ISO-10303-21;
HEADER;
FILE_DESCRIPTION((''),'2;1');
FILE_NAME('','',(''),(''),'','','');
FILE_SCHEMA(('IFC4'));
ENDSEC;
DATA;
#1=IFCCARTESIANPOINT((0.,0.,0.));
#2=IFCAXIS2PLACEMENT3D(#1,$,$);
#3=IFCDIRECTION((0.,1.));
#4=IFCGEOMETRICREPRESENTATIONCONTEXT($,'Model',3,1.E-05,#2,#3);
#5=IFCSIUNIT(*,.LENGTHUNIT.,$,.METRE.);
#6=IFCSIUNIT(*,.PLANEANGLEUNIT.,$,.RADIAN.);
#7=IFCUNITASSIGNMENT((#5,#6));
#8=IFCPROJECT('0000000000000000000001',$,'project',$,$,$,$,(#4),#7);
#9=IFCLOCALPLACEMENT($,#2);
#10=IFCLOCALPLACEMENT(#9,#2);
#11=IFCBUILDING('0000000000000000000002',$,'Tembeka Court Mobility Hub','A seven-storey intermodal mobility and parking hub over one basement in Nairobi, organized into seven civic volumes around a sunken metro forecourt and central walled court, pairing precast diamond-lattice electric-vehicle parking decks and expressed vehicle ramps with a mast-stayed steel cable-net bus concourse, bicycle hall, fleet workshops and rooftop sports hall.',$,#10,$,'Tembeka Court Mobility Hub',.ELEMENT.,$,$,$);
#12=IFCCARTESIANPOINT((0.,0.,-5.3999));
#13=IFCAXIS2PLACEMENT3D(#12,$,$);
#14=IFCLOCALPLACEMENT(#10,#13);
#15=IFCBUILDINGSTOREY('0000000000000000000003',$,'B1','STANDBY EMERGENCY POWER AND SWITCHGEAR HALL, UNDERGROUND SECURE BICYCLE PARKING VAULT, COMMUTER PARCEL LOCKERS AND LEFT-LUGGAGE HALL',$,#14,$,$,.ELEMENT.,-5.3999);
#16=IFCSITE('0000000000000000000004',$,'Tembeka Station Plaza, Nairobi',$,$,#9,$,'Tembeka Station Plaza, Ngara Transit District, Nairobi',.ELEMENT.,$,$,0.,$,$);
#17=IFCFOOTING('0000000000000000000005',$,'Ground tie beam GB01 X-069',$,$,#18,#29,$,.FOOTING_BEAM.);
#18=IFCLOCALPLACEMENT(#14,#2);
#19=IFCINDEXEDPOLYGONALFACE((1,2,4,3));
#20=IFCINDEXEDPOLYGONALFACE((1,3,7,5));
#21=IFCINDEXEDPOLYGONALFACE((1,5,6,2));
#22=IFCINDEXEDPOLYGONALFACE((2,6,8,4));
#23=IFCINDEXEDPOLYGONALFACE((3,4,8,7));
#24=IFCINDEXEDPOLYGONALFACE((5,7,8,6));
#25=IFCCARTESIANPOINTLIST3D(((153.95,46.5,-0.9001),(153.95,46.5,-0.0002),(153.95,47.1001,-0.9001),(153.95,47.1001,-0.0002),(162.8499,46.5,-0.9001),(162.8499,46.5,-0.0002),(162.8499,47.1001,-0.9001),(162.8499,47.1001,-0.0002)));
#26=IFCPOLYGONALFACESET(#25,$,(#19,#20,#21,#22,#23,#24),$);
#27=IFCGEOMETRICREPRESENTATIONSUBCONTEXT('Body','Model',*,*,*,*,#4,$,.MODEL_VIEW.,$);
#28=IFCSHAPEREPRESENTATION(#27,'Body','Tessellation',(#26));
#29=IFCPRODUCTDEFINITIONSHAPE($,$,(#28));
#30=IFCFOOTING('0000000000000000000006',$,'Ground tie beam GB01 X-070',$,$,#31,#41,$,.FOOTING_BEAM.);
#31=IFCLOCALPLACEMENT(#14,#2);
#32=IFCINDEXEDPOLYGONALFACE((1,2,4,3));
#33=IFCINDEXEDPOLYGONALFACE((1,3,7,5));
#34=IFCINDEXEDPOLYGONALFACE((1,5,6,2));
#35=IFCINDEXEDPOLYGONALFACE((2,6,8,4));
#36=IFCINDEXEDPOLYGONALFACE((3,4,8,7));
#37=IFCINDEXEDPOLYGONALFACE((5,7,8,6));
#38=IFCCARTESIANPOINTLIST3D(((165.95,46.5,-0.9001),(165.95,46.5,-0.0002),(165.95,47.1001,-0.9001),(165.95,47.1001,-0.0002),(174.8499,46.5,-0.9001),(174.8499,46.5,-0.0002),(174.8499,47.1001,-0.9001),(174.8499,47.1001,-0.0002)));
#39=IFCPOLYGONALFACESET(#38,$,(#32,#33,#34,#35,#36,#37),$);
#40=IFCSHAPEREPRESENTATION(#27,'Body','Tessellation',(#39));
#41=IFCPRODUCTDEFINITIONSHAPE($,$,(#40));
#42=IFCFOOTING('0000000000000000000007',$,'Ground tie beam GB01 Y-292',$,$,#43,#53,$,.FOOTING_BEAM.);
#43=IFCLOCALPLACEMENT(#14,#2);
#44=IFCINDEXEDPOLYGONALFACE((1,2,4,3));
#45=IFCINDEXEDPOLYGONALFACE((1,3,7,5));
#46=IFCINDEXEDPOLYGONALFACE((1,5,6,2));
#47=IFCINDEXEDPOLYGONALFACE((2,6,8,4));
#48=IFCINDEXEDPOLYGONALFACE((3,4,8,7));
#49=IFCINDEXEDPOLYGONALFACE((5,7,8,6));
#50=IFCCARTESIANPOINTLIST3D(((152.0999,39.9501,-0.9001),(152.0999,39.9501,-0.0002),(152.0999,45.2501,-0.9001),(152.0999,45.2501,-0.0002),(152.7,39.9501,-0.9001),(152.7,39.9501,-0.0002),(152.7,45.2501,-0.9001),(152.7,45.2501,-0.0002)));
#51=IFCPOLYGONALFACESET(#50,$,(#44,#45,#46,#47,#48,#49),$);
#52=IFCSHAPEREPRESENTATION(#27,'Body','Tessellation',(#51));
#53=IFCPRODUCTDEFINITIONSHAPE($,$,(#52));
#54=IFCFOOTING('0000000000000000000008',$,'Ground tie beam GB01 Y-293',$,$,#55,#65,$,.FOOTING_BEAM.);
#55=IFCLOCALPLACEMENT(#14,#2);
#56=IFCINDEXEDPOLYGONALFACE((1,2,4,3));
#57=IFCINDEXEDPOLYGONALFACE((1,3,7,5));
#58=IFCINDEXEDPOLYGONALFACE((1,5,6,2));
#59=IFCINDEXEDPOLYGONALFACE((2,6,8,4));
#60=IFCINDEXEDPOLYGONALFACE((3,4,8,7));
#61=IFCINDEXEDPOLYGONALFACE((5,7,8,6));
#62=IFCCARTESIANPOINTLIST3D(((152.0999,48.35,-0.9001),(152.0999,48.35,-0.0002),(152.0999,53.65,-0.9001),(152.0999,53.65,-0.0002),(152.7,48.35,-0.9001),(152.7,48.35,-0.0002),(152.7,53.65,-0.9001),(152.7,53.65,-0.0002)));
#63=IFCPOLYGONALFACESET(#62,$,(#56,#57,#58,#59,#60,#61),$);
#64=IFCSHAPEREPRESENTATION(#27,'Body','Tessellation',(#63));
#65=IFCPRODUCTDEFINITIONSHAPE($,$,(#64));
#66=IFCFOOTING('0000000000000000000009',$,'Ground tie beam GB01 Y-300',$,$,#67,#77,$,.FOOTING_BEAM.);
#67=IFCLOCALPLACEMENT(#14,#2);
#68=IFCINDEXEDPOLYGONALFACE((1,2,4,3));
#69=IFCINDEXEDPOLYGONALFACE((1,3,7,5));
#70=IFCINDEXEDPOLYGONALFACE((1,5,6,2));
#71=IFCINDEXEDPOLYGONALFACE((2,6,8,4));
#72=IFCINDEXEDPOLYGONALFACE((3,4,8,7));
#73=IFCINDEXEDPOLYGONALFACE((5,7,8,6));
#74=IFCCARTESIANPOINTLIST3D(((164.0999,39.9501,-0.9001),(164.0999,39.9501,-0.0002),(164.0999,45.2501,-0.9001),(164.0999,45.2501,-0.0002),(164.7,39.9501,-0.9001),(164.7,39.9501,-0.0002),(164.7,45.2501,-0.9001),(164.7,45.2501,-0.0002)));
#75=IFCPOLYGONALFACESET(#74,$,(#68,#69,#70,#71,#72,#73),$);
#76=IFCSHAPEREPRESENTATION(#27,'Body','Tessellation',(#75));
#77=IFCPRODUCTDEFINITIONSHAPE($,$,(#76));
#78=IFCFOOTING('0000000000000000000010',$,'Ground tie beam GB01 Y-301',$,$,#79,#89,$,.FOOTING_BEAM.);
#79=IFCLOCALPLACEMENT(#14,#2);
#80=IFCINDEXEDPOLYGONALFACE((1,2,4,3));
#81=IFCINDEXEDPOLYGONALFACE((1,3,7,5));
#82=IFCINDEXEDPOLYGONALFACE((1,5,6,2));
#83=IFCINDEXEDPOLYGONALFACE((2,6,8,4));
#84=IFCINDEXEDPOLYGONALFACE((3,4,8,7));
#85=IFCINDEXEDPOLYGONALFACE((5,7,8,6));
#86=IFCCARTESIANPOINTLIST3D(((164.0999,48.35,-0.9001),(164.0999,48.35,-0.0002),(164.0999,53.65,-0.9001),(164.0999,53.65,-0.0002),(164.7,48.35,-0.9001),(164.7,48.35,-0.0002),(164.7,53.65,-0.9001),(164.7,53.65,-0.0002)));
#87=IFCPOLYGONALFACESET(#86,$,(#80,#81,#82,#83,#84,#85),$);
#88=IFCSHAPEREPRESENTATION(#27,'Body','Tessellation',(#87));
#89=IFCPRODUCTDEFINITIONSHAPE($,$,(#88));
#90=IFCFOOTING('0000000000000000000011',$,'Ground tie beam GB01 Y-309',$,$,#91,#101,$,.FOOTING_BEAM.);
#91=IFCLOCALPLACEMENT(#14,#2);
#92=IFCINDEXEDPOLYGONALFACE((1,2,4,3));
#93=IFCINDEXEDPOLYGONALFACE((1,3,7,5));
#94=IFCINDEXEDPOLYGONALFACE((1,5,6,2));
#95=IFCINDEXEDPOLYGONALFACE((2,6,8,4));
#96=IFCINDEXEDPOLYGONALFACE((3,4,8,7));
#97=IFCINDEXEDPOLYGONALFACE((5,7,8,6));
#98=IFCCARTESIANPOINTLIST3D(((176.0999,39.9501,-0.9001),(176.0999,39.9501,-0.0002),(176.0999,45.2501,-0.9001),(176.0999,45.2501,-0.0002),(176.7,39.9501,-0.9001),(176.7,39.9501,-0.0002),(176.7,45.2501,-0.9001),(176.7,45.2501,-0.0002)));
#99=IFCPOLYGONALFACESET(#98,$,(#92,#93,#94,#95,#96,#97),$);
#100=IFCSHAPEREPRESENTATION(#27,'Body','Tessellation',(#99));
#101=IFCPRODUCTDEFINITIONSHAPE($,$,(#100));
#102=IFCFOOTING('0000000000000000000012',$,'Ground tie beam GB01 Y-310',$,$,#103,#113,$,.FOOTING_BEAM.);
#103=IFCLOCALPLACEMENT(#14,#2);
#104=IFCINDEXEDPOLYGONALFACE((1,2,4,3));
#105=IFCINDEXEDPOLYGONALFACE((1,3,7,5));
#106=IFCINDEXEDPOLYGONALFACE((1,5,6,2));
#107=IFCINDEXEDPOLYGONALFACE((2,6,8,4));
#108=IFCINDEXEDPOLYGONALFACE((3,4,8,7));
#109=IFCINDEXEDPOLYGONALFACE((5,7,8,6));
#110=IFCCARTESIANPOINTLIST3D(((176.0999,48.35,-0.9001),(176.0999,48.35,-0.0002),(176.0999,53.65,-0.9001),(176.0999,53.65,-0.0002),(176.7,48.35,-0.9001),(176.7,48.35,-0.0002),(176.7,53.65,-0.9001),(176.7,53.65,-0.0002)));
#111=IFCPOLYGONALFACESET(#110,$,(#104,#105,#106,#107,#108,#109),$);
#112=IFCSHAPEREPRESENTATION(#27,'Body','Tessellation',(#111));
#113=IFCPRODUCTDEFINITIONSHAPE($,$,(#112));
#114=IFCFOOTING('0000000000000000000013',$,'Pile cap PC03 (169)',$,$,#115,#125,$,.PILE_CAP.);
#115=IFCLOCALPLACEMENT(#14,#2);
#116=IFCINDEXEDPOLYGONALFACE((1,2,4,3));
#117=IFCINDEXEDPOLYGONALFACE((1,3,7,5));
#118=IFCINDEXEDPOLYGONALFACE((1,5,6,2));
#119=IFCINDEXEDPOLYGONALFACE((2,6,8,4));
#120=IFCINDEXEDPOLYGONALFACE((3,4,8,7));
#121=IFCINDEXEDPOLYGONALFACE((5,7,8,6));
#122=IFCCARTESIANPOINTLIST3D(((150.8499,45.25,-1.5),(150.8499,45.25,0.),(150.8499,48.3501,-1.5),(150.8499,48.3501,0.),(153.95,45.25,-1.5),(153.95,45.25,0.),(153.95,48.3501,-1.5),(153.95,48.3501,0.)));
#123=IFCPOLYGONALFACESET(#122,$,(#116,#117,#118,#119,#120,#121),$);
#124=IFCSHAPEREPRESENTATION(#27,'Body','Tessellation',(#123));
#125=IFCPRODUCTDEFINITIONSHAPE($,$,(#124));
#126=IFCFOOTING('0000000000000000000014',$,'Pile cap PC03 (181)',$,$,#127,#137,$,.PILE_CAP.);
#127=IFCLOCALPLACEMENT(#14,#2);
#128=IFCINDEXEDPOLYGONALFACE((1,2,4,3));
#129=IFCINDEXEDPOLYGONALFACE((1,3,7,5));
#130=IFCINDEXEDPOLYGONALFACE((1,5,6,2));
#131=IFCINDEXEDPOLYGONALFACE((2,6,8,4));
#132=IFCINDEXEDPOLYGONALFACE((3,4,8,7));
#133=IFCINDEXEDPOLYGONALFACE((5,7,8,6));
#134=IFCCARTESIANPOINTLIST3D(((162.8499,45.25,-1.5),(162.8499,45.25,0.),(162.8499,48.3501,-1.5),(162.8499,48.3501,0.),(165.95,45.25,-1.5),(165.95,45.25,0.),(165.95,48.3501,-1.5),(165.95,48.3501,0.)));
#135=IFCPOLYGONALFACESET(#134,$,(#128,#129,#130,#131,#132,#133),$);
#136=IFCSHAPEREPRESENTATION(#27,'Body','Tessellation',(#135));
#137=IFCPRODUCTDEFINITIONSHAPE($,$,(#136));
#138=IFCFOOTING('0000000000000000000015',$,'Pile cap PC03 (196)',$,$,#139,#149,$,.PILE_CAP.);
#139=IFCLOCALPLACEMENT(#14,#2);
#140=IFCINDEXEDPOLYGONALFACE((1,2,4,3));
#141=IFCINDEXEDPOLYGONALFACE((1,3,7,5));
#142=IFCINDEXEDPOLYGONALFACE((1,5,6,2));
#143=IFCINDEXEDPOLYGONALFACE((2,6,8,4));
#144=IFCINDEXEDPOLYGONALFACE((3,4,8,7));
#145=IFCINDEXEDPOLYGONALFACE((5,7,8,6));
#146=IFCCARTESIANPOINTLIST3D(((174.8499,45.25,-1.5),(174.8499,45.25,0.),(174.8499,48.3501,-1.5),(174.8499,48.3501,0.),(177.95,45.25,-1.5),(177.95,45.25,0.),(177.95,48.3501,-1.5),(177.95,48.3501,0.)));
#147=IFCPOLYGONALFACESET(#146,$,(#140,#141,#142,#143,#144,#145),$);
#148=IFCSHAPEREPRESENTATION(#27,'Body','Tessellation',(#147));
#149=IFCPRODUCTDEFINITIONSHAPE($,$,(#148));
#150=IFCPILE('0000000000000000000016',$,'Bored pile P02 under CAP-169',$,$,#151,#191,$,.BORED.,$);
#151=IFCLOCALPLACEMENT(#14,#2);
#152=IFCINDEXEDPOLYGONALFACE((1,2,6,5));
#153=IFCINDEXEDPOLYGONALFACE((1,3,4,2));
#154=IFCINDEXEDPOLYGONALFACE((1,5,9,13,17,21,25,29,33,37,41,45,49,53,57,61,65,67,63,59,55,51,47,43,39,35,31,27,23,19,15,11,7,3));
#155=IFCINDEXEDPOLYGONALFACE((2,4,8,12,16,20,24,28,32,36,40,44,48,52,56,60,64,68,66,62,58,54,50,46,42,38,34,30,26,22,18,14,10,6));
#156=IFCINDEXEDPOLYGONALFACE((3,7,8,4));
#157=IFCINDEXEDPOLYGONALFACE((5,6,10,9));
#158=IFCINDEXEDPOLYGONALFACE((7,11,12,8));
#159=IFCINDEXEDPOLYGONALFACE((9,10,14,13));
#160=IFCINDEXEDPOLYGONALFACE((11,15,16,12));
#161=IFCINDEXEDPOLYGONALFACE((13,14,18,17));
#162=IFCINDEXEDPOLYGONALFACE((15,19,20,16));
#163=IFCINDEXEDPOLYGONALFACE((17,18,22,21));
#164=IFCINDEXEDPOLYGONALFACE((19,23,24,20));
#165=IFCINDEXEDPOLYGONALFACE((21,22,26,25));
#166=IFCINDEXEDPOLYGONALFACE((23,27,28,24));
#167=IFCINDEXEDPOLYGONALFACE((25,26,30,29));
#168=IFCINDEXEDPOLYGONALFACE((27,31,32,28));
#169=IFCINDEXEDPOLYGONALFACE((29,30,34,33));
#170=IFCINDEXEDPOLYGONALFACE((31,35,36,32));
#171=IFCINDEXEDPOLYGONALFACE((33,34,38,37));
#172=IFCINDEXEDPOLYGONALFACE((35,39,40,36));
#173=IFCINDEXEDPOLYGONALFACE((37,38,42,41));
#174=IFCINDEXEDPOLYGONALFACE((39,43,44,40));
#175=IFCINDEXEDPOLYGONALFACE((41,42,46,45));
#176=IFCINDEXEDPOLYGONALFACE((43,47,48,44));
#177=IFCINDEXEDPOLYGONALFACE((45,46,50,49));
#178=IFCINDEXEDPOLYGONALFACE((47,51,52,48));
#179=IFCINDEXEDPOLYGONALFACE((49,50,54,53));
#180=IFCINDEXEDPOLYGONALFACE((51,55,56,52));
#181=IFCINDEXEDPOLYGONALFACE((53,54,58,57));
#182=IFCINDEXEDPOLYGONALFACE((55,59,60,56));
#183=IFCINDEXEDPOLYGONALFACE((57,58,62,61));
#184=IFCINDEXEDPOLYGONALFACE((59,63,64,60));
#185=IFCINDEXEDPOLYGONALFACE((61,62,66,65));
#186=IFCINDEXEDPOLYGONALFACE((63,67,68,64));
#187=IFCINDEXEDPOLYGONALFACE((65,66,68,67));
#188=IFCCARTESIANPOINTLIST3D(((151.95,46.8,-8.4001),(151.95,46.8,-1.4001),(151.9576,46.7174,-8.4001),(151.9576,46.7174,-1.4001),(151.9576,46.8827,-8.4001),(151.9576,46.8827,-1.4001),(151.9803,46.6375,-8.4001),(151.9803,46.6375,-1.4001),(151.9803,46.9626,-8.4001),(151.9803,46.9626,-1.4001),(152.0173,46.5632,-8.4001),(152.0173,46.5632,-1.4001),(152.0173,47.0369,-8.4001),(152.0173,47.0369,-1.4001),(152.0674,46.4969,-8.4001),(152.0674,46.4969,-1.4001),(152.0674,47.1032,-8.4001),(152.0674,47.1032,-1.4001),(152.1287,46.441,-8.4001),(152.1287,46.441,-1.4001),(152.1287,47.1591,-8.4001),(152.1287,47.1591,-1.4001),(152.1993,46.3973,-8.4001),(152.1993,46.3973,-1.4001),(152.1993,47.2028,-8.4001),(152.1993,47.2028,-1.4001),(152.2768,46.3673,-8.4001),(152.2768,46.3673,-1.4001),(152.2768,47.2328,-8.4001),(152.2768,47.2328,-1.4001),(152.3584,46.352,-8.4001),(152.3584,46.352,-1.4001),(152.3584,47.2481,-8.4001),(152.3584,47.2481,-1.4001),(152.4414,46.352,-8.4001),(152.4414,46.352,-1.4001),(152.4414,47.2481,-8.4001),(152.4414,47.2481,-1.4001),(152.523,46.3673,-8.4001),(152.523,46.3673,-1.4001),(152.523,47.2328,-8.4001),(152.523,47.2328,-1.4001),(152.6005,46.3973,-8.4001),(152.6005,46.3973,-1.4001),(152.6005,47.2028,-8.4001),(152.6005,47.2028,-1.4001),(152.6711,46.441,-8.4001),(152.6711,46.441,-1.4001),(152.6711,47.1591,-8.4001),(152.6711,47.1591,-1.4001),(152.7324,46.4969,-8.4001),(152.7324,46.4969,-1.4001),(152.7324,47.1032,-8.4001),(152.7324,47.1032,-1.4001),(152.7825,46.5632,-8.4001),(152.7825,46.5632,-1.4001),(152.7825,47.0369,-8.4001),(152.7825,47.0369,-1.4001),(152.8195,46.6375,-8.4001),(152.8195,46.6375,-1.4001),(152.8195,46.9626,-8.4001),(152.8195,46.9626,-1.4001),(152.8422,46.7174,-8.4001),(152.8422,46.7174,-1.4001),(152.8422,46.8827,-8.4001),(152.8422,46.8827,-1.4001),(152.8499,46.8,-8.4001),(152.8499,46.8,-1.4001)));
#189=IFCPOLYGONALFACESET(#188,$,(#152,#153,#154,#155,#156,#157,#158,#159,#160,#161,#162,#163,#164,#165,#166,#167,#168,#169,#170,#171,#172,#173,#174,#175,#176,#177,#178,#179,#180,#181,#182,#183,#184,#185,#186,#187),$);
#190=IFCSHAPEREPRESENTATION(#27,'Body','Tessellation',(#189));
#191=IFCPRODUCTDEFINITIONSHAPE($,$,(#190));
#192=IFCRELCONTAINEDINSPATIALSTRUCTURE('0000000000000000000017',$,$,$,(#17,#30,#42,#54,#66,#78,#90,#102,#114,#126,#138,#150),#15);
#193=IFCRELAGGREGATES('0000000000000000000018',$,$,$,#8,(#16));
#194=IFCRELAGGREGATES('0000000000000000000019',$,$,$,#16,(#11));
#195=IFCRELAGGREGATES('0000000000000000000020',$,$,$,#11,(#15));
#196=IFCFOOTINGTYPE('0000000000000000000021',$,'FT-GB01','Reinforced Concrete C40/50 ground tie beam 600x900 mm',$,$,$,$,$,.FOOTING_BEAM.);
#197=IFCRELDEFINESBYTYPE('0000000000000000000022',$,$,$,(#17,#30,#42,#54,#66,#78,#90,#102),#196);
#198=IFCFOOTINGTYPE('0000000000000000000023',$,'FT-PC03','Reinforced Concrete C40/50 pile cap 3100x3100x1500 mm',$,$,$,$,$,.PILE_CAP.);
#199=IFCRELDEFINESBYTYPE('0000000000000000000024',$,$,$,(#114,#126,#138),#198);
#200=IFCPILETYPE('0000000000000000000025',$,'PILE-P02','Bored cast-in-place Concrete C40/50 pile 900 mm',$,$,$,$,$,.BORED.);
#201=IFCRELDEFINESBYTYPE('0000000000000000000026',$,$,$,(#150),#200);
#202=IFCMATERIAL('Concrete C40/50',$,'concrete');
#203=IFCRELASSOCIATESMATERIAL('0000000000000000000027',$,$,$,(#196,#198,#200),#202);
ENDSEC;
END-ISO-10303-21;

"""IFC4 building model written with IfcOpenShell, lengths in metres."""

from ifc_helpers import new_model, si_unit, direction, frame, origin, origin_2d, place, context, subcontext, project, spatial, rectangle, circle, extrude, material, material_profile, profile_set, type_object, element, save


model = new_model("IFC4")

# Units and contexts
model_context = context("Model", 3, precision=1e-05, world=origin(), true_north=direction((0.0, 1.0)))
body_context = subcontext(model_context, "Body", "Model", "MODEL_VIEW")
ifc_project = project(units=[si_unit("LENGTHUNIT", "METRE"), si_unit("PLANEANGLEUNIT", "RADIAN")], contexts=[model_context])

# Site, building, storey
site_placement = place(None, origin())
site = spatial("IfcSite", under=ifc_project, at=site_placement, Name="Tembeka Station Plaza, Nairobi", LongName="Tembeka Station Plaza, Ngara Transit District, Nairobi", CompositionType="ELEMENT", RefElevation=0.0)
building_placement = place(site_placement, origin())
building = spatial("IfcBuilding", under=site, at=building_placement, Name="Tembeka Court Mobility Hub", Description="A seven-storey intermodal mobility and parking hub over one basement in Nairobi, organized into seven civic volumes around a sunken metro forecourt and central walled court, pairing precast diamond-lattice electric-vehicle parking decks and expressed vehicle ramps with a mast-stayed steel cable-net bus concourse, bicycle hall, fleet workshops and rooftop sports hall.", LongName="Tembeka Court Mobility Hub", CompositionType="ELEMENT")
storey_placement = place(building_placement, frame((0.0, 0.0, -5.3999)))
storey = spatial("IfcBuildingStorey", under=building, at=storey_placement, Name="B1", Description="STANDBY EMERGENCY POWER AND SWITCHGEAR HALL, UNDERGROUND SECURE BICYCLE PARKING VAULT, COMMUTER PARCEL LOCKERS AND LEFT-LUGGAGE HALL", CompositionType="ELEMENT", Elevation=-5.3999)

# Footings
ifc_material_1 = material(Name="Concrete C40/50", Category="concrete")
footing_type_1 = type_object("IfcFootingType", Name="FT-GB01", Description="Reinforced Concrete C40/50 ground tie beam 600x900 mm", PredefinedType="FOOTING_BEAM", material=ifc_material_1)
for number, where, z_axis, x_axis, name in (
    (1, (158.3999, 46.8, -0.9001), (0.0, 0.0, 1.0), (1.0, 0.0, 0.0), "Ground tie beam GB01 X-069"),
    (2, (170.3999, 46.8, -0.9001), (0.0, 0.0, 1.0), (1.0, 0.0, 0.0), "Ground tie beam GB01 X-070"),
):
    element("IfcFooting", number, at=place(storey_placement, frame(where, z_axis=z_axis, x_axis=x_axis)), inside=storey, type_object=footing_type_1, Name=name, PredefinedType="FOOTING_BEAM", context=body_context, shape_type="SweptSolid", body=[
        extrude(rectangle(XDim=8.8999, YDim=0.6001, at=origin_2d()), origin(), (0.0, 0.0, 1.0), 0.8999),
    ])
for number, where, z_axis, x_axis, name in (
    (3, (152.3999, 42.6001, -0.9001), (0.0, 0.0, 1.0), (0.0, 1.0, 0.0), "Ground tie beam GB01 Y-292"),
    (4, (152.3999, 51.0, -0.9001), (0.0, 0.0, 1.0), (0.0, 1.0, 0.0), "Ground tie beam GB01 Y-293"),
    (5, (164.3999, 42.6001, -0.9001), (0.0, 0.0, 1.0), (0.0, 1.0, 0.0), "Ground tie beam GB01 Y-300"),
    (6, (164.3999, 51.0, -0.9001), (0.0, 0.0, 1.0), (0.0, 1.0, 0.0), "Ground tie beam GB01 Y-301"),
    (7, (176.3999, 42.6001, -0.9001), (0.0, 0.0, 1.0), (0.0, 1.0, 0.0), "Ground tie beam GB01 Y-309"),
    (8, (176.3999, 51.0, -0.9001), (0.0, 0.0, 1.0), (0.0, 1.0, 0.0), "Ground tie beam GB01 Y-310"),
):
    element("IfcFooting", number, at=place(storey_placement, frame(where, z_axis=z_axis, x_axis=x_axis)), inside=storey, type_object=footing_type_1, Name=name, PredefinedType="FOOTING_BEAM", context=body_context, shape_type="SweptSolid", body=[
        extrude(rectangle(XDim=5.3, YDim=0.6001, at=origin_2d()), origin(), (0.0, 0.0, 1.0), 0.8999),
    ])
footing_type_2 = type_object("IfcFootingType", Name="FT-PC03", Description="Reinforced Concrete C40/50 pile cap 3100x3100x1500 mm", PredefinedType="PILE_CAP", material=ifc_material_1)
for number, where, z_axis, x_axis, name in (
    (9, (152.3999, 46.8, -1.5), (0.0, 0.0, 1.0), (1.0, 0.0, 0.0), "Pile cap PC03 (169)"),
    (10, (164.3999, 46.8, -1.5), (0.0, 0.0, 1.0), (1.0, 0.0, 0.0), "Pile cap PC03 (181)"),
    (11, (176.3999, 46.8, -1.5), (0.0, 0.0, 1.0), (1.0, 0.0, 0.0), "Pile cap PC03 (196)"),
):
    element("IfcFooting", number, at=place(storey_placement, frame(where, z_axis=z_axis, x_axis=x_axis)), inside=storey, type_object=footing_type_2, Name=name, PredefinedType="PILE_CAP", context=body_context, shape_type="SweptSolid", body=[
        extrude(rectangle(XDim=3.1001, YDim=3.1001, at=origin_2d()), origin(), (0.0, 0.0, 1.0), 1.5),
    ])

# Pile
ifc_material_profile_1 = material_profile(ifc_material_1, circle(Radius=0.45, at=origin_2d()), Name="PILE D900")
ifc_profile_set_1 = profile_set([ifc_material_profile_1], Name="Concrete C40/50")
pile_type = type_object("IfcPileType", Name="PILE-P02", Description="Bored cast-in-place Concrete C40/50 pile 900 mm", PredefinedType="BORED", material=ifc_profile_set_1)
for number, where, z_axis, x_axis, name in (
    (12, (152.3999, 46.8, -1.4001), (0.0, 0.0, -1.0), (1.0, 0.0, 0.0), "Bored pile P02 under CAP-169"),
):
    element("IfcPile", number, at=place(storey_placement, frame(where, z_axis=z_axis, x_axis=x_axis)), inside=storey, type_object=pile_type, Name=name, PredefinedType="BORED", context=body_context, shape_type="SweptSolid", body=[
        extrude(circle(Radius=0.45, at=origin_2d()), origin(), (0.0, 0.0, 1.0), 7.0),
    ])

save(model, "model.ifc")
